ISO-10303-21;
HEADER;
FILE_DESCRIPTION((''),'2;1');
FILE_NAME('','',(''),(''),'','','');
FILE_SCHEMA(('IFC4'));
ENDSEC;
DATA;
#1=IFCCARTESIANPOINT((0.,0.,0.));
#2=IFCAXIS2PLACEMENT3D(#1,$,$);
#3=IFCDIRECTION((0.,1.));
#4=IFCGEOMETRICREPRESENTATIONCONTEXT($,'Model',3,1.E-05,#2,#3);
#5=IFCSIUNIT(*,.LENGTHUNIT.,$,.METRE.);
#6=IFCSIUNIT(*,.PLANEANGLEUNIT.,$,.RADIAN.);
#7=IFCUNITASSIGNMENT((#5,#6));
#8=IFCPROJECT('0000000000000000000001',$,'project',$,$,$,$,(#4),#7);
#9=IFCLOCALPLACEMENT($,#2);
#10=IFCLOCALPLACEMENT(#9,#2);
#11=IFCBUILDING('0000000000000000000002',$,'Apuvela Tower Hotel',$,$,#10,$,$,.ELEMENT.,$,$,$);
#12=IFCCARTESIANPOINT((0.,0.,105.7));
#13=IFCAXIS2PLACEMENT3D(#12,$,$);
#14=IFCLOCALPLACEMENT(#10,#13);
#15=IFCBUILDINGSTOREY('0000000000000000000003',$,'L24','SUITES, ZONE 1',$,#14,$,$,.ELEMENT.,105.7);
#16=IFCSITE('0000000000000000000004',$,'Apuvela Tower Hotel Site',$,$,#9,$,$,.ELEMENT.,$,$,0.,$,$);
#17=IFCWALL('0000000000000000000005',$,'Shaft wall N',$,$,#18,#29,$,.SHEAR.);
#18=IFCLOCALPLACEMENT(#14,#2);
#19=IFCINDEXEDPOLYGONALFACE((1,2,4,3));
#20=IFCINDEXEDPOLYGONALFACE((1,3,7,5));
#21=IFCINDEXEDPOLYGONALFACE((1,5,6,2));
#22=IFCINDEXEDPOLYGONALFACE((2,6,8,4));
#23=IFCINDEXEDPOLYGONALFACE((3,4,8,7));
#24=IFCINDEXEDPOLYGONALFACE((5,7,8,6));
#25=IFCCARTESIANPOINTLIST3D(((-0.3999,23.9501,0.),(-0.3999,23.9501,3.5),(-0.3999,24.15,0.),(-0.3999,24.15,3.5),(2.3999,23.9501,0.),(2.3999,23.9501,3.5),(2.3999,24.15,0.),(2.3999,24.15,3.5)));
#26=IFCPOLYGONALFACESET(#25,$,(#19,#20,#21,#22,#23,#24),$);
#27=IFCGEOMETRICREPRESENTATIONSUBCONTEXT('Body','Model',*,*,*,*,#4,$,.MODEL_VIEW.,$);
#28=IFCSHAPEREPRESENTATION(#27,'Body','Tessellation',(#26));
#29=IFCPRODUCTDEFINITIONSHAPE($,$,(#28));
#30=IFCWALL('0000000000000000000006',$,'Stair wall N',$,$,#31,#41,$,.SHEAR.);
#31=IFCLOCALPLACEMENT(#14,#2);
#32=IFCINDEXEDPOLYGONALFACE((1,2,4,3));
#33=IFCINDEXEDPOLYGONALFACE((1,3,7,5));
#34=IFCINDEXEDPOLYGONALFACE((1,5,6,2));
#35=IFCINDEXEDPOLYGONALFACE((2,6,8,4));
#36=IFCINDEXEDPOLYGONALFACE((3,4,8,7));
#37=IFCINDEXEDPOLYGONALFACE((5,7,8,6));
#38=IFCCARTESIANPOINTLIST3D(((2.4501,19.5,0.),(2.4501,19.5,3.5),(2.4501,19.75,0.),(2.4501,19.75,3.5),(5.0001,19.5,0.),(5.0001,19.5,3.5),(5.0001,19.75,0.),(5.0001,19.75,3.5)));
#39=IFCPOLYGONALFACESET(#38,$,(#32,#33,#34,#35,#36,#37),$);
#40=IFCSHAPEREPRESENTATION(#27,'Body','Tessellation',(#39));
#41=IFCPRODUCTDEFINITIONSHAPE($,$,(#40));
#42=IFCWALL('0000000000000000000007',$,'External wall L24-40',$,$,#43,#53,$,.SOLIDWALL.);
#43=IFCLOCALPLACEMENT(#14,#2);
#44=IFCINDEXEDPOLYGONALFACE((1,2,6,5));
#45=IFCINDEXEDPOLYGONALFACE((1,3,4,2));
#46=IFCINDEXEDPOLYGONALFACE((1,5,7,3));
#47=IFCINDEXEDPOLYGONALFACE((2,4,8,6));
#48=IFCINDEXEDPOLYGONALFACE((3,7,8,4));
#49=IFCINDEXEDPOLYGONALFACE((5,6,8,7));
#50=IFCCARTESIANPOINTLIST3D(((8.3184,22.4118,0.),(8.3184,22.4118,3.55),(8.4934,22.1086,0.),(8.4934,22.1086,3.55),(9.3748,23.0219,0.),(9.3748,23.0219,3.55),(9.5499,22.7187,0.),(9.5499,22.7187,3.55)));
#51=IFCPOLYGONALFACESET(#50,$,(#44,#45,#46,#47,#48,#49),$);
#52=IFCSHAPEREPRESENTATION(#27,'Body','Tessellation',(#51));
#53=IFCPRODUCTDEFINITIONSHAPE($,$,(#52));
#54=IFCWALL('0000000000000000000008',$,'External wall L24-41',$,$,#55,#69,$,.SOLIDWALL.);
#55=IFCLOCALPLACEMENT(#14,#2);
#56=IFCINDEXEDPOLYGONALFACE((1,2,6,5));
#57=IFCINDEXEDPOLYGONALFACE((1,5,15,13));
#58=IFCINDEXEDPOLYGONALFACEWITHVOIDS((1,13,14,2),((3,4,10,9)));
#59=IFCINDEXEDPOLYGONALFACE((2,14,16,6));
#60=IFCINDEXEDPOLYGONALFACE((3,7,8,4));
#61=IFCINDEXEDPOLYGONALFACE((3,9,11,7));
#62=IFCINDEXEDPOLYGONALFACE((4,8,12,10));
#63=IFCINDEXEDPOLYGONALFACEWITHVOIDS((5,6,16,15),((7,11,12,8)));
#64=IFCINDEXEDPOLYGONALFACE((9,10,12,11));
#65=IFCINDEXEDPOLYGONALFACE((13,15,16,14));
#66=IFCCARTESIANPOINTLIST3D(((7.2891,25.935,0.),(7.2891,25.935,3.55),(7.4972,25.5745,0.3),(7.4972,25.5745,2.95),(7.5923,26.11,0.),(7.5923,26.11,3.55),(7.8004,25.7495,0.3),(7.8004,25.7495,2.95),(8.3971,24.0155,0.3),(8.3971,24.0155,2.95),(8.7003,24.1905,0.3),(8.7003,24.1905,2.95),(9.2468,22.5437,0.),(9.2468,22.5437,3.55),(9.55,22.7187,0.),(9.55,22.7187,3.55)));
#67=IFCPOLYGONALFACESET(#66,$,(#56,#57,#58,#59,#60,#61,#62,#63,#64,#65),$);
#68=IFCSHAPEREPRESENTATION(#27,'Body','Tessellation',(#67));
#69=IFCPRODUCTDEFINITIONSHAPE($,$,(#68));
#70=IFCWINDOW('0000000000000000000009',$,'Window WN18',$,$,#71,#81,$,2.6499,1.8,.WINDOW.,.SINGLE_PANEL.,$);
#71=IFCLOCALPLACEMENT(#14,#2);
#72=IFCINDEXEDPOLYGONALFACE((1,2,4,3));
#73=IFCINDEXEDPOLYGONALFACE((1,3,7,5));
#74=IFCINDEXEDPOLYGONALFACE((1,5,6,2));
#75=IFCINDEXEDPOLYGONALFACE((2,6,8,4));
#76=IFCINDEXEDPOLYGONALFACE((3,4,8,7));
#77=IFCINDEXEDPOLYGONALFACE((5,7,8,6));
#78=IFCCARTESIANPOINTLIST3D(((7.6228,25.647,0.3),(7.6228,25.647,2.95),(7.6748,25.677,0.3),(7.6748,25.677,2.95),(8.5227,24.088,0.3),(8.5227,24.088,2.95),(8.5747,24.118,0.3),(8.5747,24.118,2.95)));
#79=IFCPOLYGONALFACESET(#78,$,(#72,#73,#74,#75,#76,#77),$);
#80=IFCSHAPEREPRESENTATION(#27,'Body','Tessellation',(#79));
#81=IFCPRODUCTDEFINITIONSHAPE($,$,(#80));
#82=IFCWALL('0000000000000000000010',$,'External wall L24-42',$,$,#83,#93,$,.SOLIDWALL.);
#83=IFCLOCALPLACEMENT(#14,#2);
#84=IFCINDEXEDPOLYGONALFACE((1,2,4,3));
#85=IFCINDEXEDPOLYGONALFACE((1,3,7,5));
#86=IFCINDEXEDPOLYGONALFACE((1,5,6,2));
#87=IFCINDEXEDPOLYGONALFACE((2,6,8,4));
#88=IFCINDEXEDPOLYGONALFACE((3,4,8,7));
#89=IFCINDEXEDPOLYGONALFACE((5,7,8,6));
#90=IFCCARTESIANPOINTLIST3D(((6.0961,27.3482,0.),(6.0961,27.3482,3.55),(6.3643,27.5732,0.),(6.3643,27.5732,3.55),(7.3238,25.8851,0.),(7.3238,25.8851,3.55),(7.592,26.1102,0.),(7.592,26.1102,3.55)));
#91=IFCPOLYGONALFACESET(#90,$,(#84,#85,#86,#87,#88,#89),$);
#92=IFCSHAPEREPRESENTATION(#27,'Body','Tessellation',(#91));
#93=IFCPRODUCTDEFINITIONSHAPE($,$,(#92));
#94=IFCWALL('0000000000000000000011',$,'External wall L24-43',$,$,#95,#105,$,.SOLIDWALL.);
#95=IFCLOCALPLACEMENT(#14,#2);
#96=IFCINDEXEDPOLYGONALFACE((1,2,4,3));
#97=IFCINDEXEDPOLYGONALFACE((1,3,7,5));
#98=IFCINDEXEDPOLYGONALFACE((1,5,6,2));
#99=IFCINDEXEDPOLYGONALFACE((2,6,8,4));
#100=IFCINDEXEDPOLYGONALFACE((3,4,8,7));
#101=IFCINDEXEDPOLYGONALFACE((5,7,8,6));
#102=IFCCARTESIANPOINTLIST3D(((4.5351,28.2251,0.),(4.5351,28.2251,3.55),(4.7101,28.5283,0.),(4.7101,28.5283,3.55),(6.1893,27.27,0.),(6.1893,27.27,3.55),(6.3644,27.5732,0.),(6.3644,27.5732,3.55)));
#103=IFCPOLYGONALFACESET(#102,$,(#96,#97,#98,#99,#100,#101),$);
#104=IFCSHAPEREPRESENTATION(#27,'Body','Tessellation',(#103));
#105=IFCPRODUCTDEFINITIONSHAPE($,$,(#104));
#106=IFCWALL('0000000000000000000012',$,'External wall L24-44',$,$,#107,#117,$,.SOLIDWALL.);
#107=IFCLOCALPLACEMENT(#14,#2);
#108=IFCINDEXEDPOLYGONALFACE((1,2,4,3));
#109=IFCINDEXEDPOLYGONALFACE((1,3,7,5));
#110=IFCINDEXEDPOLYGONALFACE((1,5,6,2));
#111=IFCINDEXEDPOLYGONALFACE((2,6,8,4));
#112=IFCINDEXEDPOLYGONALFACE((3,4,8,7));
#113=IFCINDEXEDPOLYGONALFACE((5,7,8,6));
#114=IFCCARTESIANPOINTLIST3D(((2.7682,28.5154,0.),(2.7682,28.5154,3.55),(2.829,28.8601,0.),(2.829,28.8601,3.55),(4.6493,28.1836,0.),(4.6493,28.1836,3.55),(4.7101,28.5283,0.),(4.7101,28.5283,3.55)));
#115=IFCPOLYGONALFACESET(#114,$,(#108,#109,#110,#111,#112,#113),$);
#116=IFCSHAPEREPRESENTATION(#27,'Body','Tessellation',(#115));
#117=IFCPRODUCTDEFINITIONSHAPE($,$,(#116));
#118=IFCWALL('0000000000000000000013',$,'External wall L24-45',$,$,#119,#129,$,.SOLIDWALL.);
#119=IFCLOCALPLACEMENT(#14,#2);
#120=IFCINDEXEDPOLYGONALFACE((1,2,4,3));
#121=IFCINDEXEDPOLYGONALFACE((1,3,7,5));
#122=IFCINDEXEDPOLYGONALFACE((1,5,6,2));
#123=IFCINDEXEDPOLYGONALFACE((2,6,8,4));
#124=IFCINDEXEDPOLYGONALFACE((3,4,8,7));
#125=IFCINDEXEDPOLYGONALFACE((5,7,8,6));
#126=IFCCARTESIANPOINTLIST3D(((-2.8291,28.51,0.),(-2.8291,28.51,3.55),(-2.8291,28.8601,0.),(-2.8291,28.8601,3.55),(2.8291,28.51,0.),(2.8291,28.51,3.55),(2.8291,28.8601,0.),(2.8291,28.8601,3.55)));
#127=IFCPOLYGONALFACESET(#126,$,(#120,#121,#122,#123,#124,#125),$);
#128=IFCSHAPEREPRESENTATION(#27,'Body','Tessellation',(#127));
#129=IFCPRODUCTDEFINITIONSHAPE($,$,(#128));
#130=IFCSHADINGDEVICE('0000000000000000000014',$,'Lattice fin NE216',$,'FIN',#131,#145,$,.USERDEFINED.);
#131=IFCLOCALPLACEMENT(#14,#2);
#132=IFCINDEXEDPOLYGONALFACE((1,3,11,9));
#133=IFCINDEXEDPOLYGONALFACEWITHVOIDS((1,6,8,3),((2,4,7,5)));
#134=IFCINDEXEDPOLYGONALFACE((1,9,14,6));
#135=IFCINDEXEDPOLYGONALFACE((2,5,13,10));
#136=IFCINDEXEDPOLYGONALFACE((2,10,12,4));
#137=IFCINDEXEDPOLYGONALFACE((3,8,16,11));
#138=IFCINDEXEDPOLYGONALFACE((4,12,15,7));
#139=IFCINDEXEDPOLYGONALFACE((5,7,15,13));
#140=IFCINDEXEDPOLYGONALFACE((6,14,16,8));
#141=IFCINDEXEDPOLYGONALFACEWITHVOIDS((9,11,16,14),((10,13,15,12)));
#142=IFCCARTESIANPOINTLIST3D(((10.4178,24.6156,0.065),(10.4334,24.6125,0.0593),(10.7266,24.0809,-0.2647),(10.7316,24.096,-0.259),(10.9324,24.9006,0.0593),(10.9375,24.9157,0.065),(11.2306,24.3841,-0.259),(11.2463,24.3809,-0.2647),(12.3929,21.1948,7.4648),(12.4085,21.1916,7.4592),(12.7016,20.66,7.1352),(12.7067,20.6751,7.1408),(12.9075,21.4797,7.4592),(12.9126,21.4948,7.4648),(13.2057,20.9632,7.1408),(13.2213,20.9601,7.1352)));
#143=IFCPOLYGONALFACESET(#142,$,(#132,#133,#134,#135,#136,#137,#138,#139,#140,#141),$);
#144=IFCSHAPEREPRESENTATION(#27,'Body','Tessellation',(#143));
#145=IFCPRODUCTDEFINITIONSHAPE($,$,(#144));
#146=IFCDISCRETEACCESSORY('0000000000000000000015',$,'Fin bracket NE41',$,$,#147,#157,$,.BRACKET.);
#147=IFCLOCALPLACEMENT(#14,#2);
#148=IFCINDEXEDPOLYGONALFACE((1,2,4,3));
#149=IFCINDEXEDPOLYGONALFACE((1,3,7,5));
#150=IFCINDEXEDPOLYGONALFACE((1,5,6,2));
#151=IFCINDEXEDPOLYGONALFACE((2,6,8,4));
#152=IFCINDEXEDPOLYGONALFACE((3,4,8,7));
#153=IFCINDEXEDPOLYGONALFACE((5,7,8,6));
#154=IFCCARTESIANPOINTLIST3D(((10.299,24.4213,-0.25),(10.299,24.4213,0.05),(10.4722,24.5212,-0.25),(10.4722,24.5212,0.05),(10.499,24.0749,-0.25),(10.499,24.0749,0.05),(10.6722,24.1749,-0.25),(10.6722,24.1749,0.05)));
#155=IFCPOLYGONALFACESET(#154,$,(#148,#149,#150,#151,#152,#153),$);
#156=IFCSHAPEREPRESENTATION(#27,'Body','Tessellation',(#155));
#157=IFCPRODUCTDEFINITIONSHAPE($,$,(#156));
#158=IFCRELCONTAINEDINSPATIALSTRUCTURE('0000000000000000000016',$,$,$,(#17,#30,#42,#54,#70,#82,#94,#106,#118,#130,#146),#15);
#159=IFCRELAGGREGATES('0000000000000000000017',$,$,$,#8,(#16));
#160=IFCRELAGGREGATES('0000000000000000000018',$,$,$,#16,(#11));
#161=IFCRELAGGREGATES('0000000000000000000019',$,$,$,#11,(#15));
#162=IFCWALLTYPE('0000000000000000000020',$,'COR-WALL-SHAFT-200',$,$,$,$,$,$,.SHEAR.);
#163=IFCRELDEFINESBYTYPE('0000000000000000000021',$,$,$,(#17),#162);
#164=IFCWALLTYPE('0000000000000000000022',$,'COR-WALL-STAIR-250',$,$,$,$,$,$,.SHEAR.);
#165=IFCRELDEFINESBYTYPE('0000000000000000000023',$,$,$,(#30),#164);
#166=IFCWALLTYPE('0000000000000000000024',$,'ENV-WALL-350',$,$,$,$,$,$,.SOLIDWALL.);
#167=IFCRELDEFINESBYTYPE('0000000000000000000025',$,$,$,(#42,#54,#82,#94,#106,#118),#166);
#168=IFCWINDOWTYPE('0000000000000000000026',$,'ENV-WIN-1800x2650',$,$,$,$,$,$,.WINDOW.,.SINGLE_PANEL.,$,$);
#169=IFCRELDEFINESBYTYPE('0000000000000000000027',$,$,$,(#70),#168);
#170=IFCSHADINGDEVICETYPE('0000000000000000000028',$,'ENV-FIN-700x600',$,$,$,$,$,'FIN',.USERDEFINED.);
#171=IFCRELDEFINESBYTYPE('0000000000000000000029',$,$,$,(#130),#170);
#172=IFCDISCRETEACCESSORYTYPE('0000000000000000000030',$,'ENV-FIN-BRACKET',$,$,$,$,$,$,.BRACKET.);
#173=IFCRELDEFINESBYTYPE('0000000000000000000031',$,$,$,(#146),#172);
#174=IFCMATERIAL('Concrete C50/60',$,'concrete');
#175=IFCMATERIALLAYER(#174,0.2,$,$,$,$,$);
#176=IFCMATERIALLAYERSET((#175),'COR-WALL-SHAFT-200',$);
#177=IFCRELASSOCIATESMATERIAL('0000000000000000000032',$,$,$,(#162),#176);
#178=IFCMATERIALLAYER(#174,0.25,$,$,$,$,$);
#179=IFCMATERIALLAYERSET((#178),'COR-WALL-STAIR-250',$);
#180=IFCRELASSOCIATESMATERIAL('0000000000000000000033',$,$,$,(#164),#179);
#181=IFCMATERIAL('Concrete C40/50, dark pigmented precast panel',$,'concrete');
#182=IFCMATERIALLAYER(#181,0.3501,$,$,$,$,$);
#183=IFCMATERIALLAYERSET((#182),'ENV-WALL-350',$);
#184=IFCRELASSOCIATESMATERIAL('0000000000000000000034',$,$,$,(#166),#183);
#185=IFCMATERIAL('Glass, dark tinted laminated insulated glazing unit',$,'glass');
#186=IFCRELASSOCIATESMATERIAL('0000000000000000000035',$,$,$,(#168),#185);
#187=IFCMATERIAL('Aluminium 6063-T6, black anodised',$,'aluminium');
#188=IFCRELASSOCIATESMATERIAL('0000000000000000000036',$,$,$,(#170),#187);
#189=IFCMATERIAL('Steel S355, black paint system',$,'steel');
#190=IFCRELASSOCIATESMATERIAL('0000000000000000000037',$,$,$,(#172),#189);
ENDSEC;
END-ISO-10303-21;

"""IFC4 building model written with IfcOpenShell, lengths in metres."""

from ifc_helpers import new_model, si_unit, direction, frame, frame_2d, origin, origin_2d, place, context, subcontext, project, spatial, rectangle, hollow_rectangle, extrude, material, layer, layer_set, material_profile, profile_set, type_object, element, fill, save


model = new_model("IFC4")

# Units and contexts
model_context = context("Model", 3, precision=1e-05, world=origin(), true_north=direction((0.0, 1.0)))
body_context = subcontext(model_context, "Body", "Model", "MODEL_VIEW")
ifc_project = project(units=[si_unit("LENGTHUNIT", "METRE"), si_unit("PLANEANGLEUNIT", "RADIAN")], contexts=[model_context])

# Site, building, storey
site_placement = place(None, origin())
site = spatial("IfcSite", under=ifc_project, at=site_placement, Name="Apuvela Tower Hotel Site", CompositionType="ELEMENT", RefElevation=0.0)
building_placement = place(site_placement, origin())
building = spatial("IfcBuilding", under=site, at=building_placement, Name="Apuvela Tower Hotel", CompositionType="ELEMENT")
storey_placement = place(building_placement, frame((0.0, 0.0, 105.7)))
storey = spatial("IfcBuildingStorey", under=building, at=storey_placement, Name="L24", Description="SUITES, ZONE 1", CompositionType="ELEMENT", Elevation=105.7)

# Walls
ifc_material_1 = material(Name="Concrete C50/60", Category="concrete")
ifc_layer_1 = layer(ifc_material_1, 0.2)
ifc_layer_set_1 = layer_set([ifc_layer_1], Name="COR-WALL-SHAFT-200")
wall_type_1 = type_object("IfcWallType", Name="COR-WALL-SHAFT-200", PredefinedType="SHEAR", material=ifc_layer_set_1)
wall_1_placement = place(storey_placement, frame((2.3999, 24.05, 0.0), z_axis=(0.0, 0.0, 1.0), x_axis=(-1.0, 0.0, 0.0)))
element("IfcWall", 1, at=wall_1_placement, inside=storey, type_object=wall_type_1, Name="Shaft wall N", PredefinedType="SHEAR", context=body_context, shape_type="SweptSolid", body=[
    extrude(rectangle(XDim=2.7998, YDim=0.2, at=frame_2d((1.3999, 0.0))), origin(), (0.0, 0.0, 1.0), 3.5),
])
ifc_layer_2 = layer(ifc_material_1, 0.25)
ifc_layer_set_2 = layer_set([ifc_layer_2], Name="COR-WALL-STAIR-250")
wall_type_2 = type_object("IfcWallType", Name="COR-WALL-STAIR-250", PredefinedType="SHEAR", material=ifc_layer_set_2)
wall_2_placement = place(storey_placement, frame((5.0, 19.625, 0.0), z_axis=(0.0, 0.0, 1.0), x_axis=(-1.0, 0.0, 0.0)))
element("IfcWall", 2, at=wall_2_placement, inside=storey, type_object=wall_type_2, Name="Stair wall N", PredefinedType="SHEAR", context=body_context, shape_type="SweptSolid", body=[
    extrude(rectangle(XDim=2.55, YDim=0.25, at=frame_2d((1.2749, 0.0))), origin(), (0.0, 0.0, 1.0), 3.5),
])
ifc_material_2 = material(Name="Concrete C40/50, dark pigmented precast panel", Category="concrete")
ifc_layer_3 = layer(ifc_material_2, 0.3501)
ifc_layer_set_3 = layer_set([ifc_layer_3], Name="ENV-WALL-350")
wall_type_3 = type_object("IfcWallType", Name="ENV-WALL-350", PredefinedType="SOLIDWALL", material=ifc_layer_set_3)
wall_3_placement = place(storey_placement, frame((8.406, 22.2603, 0.0), z_axis=(0.0, 0.0, 1.0), x_axis=(0.865956, 0.500121, 0.0)))
element("IfcWall", 3, at=wall_3_placement, inside=storey, type_object=wall_type_3, Name="External wall L24-40", PredefinedType="SOLIDWALL", context=body_context, shape_type="SweptSolid", body=[
    extrude(rectangle(XDim=1.22, YDim=0.3501, at=frame_2d((0.6099, 0.0))), origin(), (0.0, 0.0, 1.0), 3.55),
])

# Wall, opening, window
wall_4_placement = place(storey_placement, frame((9.3984, 22.6311, 0.0), z_axis=(0.0, 0.0, 1.0), x_axis=(-0.499955, 0.866052, 0.0)))
wall_4 = element("IfcWall", 4, at=wall_4_placement, inside=storey, type_object=wall_type_3, Name="External wall L24-41", PredefinedType="SOLIDWALL", context=body_context, shape_type="SweptSolid", body=[
    extrude(rectangle(XDim=3.9158, YDim=0.3501, at=frame_2d((1.958, 0.0))), origin(), (0.0, 0.0, 1.0), 3.55),
])
opening_placement = place(wall_4_placement, frame((1.6997, 0.0, 0.3)))
opening = element("IfcOpeningElement", 5, at=opening_placement, cuts=wall_4, PredefinedType="OPENING", context=body_context, shape_type="SweptSolid", body=[
    extrude(rectangle(XDim=1.8, YDim=2.6499, at=frame_2d((0.8999, 1.325))), frame((0.0, 0.1851, 0.0), z_axis=(0.0, -1.0, 0.0), x_axis=(1.0, 0.0, 0.0)), (0.0, 0.0, 1.0), 0.3701),
])
ifc_material_3 = material(Name="Glass, dark tinted laminated insulated glazing unit", Category="glass")
window_type = type_object("IfcWindowType", Name="ENV-WIN-1800x2650", PartitioningType="SINGLE_PANEL", PredefinedType="WINDOW", material=ifc_material_3)
window_placement = place(opening_placement, origin())
window = element("IfcWindow", 6, at=window_placement, inside=storey, type_object=window_type, Name="Window WN18", OverallHeight=2.6499, OverallWidth=1.8, PartitioningType="SINGLE_PANEL", PredefinedType="WINDOW", context=body_context, shape_type="SweptSolid", body=[
    extrude(rectangle(XDim=1.8, YDim=2.6499, at=frame_2d((0.8999, 1.325))), frame((0.0, 0.03, 0.0), z_axis=(0.0, -1.0, 0.0), x_axis=(1.0, 0.0, 0.0)), (0.0, 0.0, 1.0), 0.0601),
])
fill(opening, window)

# Walls
wall_5_placement = place(storey_placement, frame((7.458, 25.9976, 0.0), z_axis=(0.0, 0.0, 1.0), x_axis=(-0.642808, 0.766027, 0.0)))
element("IfcWall", 7, at=wall_5_placement, inside=storey, type_object=wall_type_3, Name="External wall L24-42", PredefinedType="SOLIDWALL", context=body_context, shape_type="SweptSolid", body=[
    extrude(rectangle(XDim=1.9099, YDim=0.3501, at=frame_2d((0.9551, 0.0))), origin(), (0.0, 0.0, 1.0), 3.55),
])
for number, where, z_axis, x_axis, name in (
    (8, (6.2769, 27.4216, 0.0), (0.0, 0.0, 1.0), (-0.866032, 0.499988, 0.0), "External wall L24-43"),
    (9, (4.6797, 28.356, 0.0), (0.0, 0.0, 1.0), (-0.984799, 0.173698, 0.0), "External wall L24-44"),
):
    element("IfcWall", number, at=place(storey_placement, frame(where, z_axis=z_axis, x_axis=x_axis)), inside=storey, type_object=wall_type_3, Name=name, PredefinedType="SOLIDWALL", context=body_context, shape_type="SweptSolid", body=[
        extrude(rectangle(XDim=1.9102, YDim=0.3501, at=frame_2d((0.9551, 0.0))), origin(), (0.0, 0.0, 1.0), 3.55),
    ])
wall_6_placement = place(storey_placement, frame((2.8291, 28.6851, 0.0), z_axis=(0.0, 0.0, 1.0), x_axis=(-1.0, 0.0, 0.0)))
element("IfcWall", 10, at=wall_6_placement, inside=storey, type_object=wall_type_3, Name="External wall L24-45", PredefinedType="SOLIDWALL", context=body_context, shape_type="SweptSolid", body=[
    extrude(rectangle(XDim=5.6582, YDim=0.3501, at=frame_2d((2.8291, 0.0))), origin(), (0.0, 0.0, 1.0), 3.55),
])

# Shading device
ifc_material_4 = material(Name="Aluminium 6063-T6, black anodised", Category="aluminium")
ifc_material_profile_1 = material_profile(ifc_material_4, hollow_rectangle(XDim=0.6001, YDim=0.7, WallThickness=0.012, at=origin_2d()), Name="AL BOX 700x600x12")
ifc_profile_set_1 = profile_set([ifc_material_profile_1], Name="Aluminium 6063-T6, black anodised")
shading_device_type = type_object("IfcShadingDeviceType", Name="ENV-FIN-700x600", ElementType="FIN", PredefinedType="USERDEFINED", material=ifc_profile_set_1)
shading_device_placement = place(storey_placement, frame((10.832, 24.4983, -0.0999), z_axis=(0.235461, -0.407822, 0.882179), x_axis=(0.866021, 0.500008, 0.0)))
element("IfcShadingDevice", 11, at=shading_device_placement, inside=storey, type_object=shading_device_type, Name="Lattice fin NE216", ObjectType="FIN", PredefinedType="USERDEFINED", context=body_context, shape_type="SweptSolid", body=[
    extrude(hollow_rectangle(XDim=0.6001, YDim=0.7, WallThickness=0.012, at=origin_2d()), origin(), (0.0, 0.0, 1.0), 8.3882),
])

# Discrete accessory
ifc_material_5 = material(Name="Steel S355, black paint system", Category="steel")
discrete_accessory_type = type_object("IfcDiscreteAccessoryType", Name="ENV-FIN-BRACKET", PredefinedType="BRACKET", material=ifc_material_5)
discrete_accessory_placement = place(storey_placement, frame((10.4856, 24.2981, -0.25), z_axis=(0.0, 0.0, 1.0), x_axis=(-0.5, 0.866025, 0.0)))
element("IfcDiscreteAccessory", 12, at=discrete_accessory_placement, inside=storey, type_object=discrete_accessory_type, Name="Fin bracket NE41", PredefinedType="BRACKET", context=body_context, shape_type="SweptSolid", body=[
    extrude(rectangle(XDim=0.3999, YDim=0.2, at=origin_2d()), origin(), (0.0, 0.0, 1.0), 0.3),
])

save(model, "model.ifc")
